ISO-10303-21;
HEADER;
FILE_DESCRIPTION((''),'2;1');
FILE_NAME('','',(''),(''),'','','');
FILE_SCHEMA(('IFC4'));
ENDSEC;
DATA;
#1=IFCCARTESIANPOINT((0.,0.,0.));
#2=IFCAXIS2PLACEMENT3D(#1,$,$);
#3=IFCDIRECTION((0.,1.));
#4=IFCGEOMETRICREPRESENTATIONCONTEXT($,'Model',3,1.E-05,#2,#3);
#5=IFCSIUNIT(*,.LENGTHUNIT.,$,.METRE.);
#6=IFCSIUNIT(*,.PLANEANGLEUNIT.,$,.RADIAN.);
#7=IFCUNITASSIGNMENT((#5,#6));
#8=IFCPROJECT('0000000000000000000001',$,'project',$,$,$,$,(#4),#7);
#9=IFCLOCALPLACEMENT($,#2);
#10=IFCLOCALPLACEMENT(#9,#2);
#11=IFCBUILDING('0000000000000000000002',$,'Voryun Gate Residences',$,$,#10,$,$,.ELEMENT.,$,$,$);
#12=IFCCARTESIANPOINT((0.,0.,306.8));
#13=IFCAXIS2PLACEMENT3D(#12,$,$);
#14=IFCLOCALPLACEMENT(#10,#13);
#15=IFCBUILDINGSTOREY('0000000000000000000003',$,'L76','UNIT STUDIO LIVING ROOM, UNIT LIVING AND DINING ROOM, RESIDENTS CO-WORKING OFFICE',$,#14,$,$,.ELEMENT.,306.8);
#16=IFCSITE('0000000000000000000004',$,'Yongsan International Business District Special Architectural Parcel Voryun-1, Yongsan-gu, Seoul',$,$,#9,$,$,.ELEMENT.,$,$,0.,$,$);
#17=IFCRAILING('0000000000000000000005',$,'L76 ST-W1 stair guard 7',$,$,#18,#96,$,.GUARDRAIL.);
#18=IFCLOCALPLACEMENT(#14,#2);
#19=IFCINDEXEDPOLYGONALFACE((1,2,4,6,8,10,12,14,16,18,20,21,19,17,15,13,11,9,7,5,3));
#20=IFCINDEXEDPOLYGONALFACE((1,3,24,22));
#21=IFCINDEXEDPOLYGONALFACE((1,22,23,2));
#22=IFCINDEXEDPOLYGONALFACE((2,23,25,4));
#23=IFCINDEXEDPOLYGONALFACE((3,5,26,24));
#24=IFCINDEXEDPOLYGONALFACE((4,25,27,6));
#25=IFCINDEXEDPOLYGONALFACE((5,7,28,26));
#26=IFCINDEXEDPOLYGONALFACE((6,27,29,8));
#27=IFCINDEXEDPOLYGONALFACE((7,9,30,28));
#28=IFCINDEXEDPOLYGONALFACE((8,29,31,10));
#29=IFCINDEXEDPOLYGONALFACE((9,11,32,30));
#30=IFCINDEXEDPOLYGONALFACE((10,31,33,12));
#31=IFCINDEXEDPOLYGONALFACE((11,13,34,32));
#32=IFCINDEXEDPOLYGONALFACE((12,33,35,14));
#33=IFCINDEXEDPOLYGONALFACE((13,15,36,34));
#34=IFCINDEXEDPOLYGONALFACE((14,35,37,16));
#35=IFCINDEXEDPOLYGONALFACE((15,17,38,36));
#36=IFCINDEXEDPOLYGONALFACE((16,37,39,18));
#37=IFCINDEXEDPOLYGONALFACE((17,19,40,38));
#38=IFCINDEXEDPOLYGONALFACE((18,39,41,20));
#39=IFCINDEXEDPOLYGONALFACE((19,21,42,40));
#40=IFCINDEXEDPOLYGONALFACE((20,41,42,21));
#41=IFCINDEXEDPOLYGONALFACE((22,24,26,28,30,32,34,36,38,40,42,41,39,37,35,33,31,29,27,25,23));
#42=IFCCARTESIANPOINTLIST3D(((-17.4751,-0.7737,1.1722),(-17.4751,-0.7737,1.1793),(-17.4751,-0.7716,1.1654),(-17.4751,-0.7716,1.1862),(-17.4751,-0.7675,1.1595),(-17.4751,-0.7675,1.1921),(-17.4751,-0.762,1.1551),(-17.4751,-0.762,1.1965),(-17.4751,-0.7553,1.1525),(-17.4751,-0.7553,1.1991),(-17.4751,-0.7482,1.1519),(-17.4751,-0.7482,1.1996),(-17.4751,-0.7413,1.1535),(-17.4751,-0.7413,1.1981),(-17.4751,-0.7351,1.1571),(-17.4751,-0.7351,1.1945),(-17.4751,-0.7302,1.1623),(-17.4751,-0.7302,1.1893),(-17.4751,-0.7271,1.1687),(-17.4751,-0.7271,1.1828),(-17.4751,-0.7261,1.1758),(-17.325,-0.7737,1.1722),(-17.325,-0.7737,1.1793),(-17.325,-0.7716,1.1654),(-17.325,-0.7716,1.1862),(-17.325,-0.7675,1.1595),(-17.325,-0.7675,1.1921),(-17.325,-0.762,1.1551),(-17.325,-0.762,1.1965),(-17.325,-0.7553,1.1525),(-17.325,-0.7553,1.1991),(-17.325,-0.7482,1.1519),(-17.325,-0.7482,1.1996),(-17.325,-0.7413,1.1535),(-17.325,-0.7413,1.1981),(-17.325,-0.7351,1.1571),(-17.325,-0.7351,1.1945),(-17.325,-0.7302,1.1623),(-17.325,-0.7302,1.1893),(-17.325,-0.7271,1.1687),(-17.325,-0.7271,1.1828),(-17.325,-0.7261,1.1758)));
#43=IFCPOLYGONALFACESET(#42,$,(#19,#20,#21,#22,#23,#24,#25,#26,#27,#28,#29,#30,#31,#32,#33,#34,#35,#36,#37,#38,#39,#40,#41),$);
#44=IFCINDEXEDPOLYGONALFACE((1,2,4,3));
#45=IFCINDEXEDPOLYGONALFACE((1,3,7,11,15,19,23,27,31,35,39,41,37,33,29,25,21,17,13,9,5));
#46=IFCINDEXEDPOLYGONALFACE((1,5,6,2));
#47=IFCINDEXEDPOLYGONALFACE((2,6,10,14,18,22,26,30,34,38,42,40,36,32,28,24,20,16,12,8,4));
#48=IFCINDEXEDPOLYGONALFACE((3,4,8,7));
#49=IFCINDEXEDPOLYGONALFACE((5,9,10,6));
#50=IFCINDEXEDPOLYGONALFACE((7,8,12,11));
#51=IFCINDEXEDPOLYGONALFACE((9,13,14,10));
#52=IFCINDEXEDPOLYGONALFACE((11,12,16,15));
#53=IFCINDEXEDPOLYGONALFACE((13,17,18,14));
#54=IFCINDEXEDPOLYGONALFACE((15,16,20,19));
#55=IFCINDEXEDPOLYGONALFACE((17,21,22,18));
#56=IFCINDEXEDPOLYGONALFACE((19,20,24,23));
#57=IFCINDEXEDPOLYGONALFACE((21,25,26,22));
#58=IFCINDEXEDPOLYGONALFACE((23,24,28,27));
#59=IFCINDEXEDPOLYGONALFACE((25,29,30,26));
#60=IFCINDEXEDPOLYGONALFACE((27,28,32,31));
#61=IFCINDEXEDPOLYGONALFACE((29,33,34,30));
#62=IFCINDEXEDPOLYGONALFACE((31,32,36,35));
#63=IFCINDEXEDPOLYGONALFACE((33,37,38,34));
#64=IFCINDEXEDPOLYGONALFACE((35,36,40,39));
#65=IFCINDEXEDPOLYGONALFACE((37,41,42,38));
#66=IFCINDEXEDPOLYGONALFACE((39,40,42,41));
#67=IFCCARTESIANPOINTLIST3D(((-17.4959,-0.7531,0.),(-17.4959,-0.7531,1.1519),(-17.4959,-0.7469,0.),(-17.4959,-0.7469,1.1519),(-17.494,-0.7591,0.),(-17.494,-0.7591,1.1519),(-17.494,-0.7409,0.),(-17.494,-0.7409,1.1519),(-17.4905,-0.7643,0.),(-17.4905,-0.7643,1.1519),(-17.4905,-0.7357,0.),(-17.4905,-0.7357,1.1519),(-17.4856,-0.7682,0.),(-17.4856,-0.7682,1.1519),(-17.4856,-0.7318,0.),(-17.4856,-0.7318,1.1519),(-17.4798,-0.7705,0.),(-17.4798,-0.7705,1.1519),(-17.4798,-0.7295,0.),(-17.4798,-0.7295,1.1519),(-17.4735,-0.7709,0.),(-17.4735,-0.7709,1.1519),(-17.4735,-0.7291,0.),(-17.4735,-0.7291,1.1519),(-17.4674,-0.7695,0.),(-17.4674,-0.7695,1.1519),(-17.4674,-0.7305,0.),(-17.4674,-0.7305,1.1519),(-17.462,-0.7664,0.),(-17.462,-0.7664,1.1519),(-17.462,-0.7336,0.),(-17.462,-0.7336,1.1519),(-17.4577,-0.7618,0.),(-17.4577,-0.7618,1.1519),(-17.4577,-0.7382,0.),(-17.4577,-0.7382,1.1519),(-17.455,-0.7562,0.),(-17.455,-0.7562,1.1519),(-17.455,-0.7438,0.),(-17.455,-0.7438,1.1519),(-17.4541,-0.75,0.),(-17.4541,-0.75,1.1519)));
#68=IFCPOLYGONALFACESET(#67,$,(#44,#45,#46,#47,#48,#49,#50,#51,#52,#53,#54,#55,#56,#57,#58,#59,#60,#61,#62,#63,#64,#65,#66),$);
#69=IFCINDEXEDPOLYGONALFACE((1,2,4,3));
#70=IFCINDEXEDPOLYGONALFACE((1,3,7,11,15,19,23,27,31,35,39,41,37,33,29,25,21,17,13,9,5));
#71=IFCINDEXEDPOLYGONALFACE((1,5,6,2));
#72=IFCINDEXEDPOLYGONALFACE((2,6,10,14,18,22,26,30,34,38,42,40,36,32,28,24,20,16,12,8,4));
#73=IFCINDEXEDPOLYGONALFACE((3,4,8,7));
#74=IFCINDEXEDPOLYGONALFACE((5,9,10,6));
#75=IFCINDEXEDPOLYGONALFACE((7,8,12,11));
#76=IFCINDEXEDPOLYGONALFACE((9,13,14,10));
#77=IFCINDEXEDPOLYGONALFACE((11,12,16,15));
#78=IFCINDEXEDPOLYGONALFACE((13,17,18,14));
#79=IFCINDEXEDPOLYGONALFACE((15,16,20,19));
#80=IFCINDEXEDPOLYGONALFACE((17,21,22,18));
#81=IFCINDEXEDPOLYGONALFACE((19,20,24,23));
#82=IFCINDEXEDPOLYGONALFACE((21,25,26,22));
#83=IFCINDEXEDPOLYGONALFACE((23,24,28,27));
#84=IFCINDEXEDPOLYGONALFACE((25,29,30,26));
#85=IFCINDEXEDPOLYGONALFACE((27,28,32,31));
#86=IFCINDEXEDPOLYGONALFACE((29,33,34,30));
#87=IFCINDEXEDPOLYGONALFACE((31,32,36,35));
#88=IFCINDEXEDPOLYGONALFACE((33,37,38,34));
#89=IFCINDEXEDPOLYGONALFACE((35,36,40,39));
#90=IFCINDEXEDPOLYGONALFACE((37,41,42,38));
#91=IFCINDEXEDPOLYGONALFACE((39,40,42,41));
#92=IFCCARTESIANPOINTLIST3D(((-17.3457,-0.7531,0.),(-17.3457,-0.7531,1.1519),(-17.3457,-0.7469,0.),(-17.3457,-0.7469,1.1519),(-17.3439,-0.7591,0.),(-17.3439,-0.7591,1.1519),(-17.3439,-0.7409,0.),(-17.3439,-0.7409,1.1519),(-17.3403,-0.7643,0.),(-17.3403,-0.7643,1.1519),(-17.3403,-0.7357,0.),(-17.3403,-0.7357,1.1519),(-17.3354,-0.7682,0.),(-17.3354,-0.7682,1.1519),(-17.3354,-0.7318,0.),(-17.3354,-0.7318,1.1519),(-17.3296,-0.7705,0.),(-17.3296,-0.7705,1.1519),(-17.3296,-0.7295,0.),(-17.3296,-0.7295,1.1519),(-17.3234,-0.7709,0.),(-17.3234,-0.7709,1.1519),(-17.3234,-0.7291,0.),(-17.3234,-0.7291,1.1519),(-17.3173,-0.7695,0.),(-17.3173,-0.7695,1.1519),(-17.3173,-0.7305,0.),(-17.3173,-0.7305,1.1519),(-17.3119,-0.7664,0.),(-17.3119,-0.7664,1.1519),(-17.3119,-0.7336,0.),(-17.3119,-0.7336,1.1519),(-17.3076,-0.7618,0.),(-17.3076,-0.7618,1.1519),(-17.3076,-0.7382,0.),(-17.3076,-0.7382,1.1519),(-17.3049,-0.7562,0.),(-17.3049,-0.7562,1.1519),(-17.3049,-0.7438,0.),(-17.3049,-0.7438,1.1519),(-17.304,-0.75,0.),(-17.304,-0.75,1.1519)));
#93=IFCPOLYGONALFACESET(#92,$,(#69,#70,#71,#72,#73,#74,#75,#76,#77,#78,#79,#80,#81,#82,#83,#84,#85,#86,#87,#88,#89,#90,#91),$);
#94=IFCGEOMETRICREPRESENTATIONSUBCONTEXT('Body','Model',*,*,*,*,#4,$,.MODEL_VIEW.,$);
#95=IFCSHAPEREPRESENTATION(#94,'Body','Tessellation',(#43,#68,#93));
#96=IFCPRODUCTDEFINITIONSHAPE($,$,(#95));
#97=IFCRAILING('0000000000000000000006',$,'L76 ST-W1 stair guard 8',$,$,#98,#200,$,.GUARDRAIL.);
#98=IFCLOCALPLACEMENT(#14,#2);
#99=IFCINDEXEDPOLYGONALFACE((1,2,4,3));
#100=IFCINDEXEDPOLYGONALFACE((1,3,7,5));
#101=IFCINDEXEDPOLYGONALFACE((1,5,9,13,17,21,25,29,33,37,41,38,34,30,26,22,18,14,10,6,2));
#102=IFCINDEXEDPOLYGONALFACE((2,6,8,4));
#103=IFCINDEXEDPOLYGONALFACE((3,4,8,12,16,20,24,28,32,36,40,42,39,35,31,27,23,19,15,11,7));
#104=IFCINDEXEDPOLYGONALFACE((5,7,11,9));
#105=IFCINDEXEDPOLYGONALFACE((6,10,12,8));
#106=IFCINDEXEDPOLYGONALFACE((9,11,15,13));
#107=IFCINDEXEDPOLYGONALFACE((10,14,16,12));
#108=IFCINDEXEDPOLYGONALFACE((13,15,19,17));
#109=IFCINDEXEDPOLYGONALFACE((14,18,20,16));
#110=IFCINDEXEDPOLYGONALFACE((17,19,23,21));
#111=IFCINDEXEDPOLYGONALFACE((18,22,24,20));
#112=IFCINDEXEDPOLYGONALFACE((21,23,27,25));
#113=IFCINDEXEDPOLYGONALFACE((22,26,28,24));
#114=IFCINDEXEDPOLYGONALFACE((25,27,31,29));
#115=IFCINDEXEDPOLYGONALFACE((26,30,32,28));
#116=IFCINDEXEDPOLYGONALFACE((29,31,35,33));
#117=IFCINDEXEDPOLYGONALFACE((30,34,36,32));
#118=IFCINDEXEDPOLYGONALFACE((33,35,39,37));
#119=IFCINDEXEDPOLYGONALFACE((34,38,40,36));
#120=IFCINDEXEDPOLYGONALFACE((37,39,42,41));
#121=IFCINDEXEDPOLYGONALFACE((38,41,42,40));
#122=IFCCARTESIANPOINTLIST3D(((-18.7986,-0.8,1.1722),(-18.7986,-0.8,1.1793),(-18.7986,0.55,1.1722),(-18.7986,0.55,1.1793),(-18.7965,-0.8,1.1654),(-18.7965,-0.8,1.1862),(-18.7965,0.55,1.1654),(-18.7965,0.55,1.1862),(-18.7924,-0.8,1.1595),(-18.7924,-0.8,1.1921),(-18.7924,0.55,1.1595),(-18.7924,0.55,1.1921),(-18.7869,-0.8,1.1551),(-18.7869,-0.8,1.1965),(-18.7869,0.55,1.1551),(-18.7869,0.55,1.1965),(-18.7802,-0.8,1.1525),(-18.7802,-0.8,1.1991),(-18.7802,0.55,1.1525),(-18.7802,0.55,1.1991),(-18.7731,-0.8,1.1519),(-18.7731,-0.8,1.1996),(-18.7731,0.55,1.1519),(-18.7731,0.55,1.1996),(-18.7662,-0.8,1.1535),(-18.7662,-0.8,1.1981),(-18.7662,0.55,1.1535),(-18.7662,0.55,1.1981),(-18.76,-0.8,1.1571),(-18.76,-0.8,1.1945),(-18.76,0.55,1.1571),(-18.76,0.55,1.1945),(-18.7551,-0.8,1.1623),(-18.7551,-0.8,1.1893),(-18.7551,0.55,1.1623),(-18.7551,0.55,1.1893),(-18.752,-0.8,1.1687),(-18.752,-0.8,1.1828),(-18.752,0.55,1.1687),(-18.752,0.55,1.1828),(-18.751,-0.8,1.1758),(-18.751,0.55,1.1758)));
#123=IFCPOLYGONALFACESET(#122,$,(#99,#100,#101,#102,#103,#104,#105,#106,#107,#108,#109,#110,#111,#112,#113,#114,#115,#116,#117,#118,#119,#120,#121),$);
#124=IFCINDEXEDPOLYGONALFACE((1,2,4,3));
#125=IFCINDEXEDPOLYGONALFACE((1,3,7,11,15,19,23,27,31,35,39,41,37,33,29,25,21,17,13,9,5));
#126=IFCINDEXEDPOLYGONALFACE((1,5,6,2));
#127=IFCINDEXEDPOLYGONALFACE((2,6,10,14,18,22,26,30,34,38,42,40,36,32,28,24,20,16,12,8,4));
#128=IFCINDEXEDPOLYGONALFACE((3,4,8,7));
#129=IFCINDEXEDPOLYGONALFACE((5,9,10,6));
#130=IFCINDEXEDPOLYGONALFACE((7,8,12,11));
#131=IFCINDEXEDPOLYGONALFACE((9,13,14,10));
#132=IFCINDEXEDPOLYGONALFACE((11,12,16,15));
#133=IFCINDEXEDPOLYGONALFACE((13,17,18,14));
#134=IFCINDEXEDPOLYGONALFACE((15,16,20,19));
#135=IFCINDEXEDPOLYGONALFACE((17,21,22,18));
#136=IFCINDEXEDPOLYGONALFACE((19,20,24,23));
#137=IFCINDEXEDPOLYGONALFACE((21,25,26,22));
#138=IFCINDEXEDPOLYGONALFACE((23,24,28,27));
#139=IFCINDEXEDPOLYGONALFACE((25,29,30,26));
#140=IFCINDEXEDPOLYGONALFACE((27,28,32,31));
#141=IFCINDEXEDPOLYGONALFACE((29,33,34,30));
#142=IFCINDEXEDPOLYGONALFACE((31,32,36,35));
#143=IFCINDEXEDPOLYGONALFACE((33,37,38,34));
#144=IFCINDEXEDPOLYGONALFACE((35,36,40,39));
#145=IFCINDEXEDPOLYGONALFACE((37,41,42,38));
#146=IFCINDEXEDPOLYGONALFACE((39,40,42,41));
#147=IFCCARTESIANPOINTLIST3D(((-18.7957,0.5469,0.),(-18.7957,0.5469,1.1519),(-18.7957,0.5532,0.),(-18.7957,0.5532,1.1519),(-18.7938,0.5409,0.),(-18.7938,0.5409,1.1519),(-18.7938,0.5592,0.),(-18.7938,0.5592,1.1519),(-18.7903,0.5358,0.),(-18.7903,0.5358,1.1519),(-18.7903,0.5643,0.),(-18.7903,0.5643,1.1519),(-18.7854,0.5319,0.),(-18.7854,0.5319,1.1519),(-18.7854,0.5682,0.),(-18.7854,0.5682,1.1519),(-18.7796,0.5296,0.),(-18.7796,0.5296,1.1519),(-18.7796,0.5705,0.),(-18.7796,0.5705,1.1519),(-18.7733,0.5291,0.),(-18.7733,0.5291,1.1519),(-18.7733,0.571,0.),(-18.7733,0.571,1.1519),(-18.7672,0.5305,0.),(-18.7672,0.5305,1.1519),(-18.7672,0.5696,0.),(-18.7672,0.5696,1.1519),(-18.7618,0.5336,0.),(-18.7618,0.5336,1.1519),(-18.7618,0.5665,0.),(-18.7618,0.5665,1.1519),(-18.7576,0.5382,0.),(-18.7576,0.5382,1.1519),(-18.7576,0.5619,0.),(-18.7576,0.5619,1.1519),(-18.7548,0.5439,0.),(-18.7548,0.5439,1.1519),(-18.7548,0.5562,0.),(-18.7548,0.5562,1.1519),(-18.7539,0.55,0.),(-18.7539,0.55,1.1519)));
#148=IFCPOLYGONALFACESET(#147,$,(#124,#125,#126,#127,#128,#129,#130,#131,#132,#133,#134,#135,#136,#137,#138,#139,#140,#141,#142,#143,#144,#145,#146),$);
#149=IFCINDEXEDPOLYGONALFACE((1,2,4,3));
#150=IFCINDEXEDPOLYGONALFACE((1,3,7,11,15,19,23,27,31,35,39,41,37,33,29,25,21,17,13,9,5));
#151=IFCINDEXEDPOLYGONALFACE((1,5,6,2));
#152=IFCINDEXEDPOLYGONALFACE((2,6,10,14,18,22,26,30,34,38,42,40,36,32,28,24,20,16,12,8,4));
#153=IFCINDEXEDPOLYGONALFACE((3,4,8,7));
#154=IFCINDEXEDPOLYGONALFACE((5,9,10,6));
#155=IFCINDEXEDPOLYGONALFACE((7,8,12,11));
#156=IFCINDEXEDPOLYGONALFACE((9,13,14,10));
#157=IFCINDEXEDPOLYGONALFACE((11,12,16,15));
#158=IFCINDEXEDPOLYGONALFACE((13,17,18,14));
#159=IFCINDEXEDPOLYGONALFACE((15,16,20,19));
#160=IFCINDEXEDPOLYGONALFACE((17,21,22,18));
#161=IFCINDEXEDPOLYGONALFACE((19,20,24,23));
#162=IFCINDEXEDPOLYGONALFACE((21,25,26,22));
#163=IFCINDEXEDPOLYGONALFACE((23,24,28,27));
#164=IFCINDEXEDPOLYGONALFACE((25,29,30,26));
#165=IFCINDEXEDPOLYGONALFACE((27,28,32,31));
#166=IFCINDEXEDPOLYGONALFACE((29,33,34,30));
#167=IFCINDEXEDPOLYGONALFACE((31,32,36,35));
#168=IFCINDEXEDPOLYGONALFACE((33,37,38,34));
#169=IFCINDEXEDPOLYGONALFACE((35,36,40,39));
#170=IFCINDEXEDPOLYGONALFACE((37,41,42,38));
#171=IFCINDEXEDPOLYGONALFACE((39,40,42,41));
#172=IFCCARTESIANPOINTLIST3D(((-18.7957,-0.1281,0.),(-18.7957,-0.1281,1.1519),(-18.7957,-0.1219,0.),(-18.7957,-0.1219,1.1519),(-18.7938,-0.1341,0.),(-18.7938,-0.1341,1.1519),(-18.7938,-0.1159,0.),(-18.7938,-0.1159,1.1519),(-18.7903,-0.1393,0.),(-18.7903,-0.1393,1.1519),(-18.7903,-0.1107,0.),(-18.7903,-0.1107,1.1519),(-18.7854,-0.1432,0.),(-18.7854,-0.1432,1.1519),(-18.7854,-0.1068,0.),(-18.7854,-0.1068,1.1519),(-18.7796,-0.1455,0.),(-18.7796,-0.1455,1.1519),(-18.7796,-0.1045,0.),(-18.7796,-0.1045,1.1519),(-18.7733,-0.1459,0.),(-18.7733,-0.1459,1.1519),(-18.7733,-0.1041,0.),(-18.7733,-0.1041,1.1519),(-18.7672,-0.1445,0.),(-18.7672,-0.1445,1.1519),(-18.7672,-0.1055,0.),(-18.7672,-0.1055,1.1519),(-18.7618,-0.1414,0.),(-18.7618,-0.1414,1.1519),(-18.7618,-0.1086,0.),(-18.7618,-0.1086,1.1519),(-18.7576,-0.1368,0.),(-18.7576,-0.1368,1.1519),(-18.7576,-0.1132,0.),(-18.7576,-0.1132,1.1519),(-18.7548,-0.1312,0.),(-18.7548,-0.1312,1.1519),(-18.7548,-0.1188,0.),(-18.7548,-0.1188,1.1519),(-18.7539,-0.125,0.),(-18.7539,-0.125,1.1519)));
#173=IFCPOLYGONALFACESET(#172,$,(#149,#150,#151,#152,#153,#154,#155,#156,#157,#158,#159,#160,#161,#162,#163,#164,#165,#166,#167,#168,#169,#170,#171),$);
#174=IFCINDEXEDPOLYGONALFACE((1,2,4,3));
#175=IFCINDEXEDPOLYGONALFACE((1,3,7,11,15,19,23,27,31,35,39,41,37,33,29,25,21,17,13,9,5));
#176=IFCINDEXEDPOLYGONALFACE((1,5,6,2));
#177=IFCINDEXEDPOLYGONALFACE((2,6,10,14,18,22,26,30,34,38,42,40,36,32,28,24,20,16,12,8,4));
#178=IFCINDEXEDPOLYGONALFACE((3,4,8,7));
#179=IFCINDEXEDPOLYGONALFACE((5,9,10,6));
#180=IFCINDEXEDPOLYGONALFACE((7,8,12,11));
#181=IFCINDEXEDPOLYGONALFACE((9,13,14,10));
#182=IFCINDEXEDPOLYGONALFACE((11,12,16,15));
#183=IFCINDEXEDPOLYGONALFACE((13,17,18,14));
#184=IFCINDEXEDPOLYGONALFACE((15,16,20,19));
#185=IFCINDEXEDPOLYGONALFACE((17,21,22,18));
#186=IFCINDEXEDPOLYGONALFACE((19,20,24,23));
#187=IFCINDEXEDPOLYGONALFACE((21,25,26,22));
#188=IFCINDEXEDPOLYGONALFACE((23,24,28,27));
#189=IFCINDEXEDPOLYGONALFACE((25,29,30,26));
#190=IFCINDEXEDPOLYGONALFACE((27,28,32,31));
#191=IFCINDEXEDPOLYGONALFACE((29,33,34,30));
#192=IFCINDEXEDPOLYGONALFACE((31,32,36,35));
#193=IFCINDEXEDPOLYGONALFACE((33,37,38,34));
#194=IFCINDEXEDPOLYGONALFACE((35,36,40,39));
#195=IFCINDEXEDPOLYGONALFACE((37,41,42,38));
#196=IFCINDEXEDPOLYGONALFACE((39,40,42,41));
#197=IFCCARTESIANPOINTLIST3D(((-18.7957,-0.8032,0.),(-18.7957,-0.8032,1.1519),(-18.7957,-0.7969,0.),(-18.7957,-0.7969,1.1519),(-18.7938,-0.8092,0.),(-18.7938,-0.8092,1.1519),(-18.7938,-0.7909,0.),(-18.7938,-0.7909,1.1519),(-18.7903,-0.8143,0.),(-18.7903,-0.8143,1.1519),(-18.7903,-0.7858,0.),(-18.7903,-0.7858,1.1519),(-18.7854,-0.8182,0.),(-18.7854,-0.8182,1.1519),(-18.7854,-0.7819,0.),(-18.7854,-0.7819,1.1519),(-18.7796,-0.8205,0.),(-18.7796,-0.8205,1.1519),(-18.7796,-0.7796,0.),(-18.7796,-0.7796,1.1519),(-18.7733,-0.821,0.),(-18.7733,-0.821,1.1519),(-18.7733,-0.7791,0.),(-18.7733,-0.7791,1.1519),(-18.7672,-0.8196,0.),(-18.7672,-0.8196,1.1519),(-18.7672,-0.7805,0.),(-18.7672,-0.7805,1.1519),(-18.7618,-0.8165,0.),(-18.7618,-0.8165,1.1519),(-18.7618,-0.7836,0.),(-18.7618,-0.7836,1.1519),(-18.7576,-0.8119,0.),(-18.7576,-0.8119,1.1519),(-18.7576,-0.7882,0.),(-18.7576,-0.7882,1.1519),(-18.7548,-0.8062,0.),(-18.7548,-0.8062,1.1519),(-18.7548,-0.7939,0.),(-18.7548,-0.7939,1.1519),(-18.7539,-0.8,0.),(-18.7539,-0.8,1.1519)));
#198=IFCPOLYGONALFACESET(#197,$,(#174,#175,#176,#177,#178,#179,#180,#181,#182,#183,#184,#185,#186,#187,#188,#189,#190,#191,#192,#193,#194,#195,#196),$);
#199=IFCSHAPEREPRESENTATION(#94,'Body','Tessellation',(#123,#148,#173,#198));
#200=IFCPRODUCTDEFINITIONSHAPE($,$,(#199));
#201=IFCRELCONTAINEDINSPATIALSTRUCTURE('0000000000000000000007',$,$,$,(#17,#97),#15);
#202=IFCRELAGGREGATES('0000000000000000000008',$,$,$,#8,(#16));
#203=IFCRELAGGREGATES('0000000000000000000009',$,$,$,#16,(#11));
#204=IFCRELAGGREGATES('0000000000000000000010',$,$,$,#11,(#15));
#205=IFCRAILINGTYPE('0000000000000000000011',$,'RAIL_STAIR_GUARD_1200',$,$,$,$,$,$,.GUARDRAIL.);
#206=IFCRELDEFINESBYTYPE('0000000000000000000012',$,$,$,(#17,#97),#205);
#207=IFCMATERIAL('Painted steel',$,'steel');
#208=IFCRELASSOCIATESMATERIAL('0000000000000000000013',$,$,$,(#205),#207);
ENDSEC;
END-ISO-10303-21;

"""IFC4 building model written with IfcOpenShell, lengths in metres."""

from ifc_helpers import new_model, si_unit, direction, frame, origin, origin_2d, place, context, subcontext, project, spatial, circle, extrude, material, type_object, element, save


model = new_model("IFC4")

# Units and contexts
model_context = context("Model", 3, precision=1e-05, world=origin(), true_north=direction((0.0, 1.0)))
body_context = subcontext(model_context, "Body", "Model", "MODEL_VIEW")
ifc_project = project(units=[si_unit("LENGTHUNIT", "METRE"), si_unit("PLANEANGLEUNIT", "RADIAN")], contexts=[model_context])

# Site, building, storey
site_placement = place(None, origin())
site = spatial("IfcSite", under=ifc_project, at=site_placement, Name="Yongsan International Business District Special Architectural Parcel Voryun-1, Yongsan-gu, Seoul", CompositionType="ELEMENT", RefElevation=0.0)
building_placement = place(site_placement, origin())
building = spatial("IfcBuilding", under=site, at=building_placement, Name="Voryun Gate Residences", CompositionType="ELEMENT")
storey_placement = place(building_placement, frame((0.0, 0.0, 306.8)))
storey = spatial("IfcBuildingStorey", under=building, at=storey_placement, Name="L76", Description="UNIT STUDIO LIVING ROOM, UNIT LIVING AND DINING ROOM, RESIDENTS CO-WORKING OFFICE", CompositionType="ELEMENT", Elevation=306.8)

# Railings
ifc_material_1 = material(Name="Painted steel", Category="steel")
railing_type = type_object("IfcRailingType", Name="RAIL_STAIR_GUARD_1200", PredefinedType="GUARDRAIL", material=ifc_material_1)
railing_1_placement = place(storey_placement, frame((-17.4751, -0.75, 0.0)))
element("IfcRailing", 1, at=railing_1_placement, inside=storey, type_object=railing_type, Name="L76 ST-W1 stair guard 7", PredefinedType="GUARDRAIL", context=body_context, shape_type="SweptSolid", body=[
    extrude(circle(Radius=0.0239, at=origin_2d()), frame((0.0, 0.0, 1.1758), z_axis=(1.0, 0.0, 0.0), x_axis=(0.0, 1.0, 0.0)), (0.0, 0.0, 1.0), 0.1501),
    extrude(circle(Radius=0.021, at=origin_2d()), origin(), (0.0, 0.0, 1.0), 1.1519),
    extrude(circle(Radius=0.021, at=origin_2d()), frame((0.1501, 0.0, 0.0)), (0.0, 0.0, 1.0), 1.1519),
])
for number, where, name in (
    (2, (-18.7749, 0.55, 0.0), "L76 ST-W1 stair guard 8"),
):
    element("IfcRailing", number, at=place(storey_placement, frame(where)), inside=storey, type_object=railing_type, Name=name, PredefinedType="GUARDRAIL", context=body_context, shape_type="SweptSolid", body=[
        extrude(circle(Radius=0.0239, at=origin_2d()), frame((0.0, 0.0, 1.1758), z_axis=(0.0, -1.0, 0.0), x_axis=(1.0, 0.0, 0.0)), (0.0, 0.0, 1.0), 1.3501),
        extrude(circle(Radius=0.021, at=origin_2d()), origin(), (0.0, 0.0, 1.0), 1.1519),
        extrude(circle(Radius=0.021, at=origin_2d()), frame((0.0, -0.675, 0.0)), (0.0, 0.0, 1.0), 1.1519),
        extrude(circle(Radius=0.021, at=origin_2d()), frame((0.0, -1.3501, 0.0)), (0.0, 0.0, 1.0), 1.1519),
    ])

save(model, "model.ifc")
